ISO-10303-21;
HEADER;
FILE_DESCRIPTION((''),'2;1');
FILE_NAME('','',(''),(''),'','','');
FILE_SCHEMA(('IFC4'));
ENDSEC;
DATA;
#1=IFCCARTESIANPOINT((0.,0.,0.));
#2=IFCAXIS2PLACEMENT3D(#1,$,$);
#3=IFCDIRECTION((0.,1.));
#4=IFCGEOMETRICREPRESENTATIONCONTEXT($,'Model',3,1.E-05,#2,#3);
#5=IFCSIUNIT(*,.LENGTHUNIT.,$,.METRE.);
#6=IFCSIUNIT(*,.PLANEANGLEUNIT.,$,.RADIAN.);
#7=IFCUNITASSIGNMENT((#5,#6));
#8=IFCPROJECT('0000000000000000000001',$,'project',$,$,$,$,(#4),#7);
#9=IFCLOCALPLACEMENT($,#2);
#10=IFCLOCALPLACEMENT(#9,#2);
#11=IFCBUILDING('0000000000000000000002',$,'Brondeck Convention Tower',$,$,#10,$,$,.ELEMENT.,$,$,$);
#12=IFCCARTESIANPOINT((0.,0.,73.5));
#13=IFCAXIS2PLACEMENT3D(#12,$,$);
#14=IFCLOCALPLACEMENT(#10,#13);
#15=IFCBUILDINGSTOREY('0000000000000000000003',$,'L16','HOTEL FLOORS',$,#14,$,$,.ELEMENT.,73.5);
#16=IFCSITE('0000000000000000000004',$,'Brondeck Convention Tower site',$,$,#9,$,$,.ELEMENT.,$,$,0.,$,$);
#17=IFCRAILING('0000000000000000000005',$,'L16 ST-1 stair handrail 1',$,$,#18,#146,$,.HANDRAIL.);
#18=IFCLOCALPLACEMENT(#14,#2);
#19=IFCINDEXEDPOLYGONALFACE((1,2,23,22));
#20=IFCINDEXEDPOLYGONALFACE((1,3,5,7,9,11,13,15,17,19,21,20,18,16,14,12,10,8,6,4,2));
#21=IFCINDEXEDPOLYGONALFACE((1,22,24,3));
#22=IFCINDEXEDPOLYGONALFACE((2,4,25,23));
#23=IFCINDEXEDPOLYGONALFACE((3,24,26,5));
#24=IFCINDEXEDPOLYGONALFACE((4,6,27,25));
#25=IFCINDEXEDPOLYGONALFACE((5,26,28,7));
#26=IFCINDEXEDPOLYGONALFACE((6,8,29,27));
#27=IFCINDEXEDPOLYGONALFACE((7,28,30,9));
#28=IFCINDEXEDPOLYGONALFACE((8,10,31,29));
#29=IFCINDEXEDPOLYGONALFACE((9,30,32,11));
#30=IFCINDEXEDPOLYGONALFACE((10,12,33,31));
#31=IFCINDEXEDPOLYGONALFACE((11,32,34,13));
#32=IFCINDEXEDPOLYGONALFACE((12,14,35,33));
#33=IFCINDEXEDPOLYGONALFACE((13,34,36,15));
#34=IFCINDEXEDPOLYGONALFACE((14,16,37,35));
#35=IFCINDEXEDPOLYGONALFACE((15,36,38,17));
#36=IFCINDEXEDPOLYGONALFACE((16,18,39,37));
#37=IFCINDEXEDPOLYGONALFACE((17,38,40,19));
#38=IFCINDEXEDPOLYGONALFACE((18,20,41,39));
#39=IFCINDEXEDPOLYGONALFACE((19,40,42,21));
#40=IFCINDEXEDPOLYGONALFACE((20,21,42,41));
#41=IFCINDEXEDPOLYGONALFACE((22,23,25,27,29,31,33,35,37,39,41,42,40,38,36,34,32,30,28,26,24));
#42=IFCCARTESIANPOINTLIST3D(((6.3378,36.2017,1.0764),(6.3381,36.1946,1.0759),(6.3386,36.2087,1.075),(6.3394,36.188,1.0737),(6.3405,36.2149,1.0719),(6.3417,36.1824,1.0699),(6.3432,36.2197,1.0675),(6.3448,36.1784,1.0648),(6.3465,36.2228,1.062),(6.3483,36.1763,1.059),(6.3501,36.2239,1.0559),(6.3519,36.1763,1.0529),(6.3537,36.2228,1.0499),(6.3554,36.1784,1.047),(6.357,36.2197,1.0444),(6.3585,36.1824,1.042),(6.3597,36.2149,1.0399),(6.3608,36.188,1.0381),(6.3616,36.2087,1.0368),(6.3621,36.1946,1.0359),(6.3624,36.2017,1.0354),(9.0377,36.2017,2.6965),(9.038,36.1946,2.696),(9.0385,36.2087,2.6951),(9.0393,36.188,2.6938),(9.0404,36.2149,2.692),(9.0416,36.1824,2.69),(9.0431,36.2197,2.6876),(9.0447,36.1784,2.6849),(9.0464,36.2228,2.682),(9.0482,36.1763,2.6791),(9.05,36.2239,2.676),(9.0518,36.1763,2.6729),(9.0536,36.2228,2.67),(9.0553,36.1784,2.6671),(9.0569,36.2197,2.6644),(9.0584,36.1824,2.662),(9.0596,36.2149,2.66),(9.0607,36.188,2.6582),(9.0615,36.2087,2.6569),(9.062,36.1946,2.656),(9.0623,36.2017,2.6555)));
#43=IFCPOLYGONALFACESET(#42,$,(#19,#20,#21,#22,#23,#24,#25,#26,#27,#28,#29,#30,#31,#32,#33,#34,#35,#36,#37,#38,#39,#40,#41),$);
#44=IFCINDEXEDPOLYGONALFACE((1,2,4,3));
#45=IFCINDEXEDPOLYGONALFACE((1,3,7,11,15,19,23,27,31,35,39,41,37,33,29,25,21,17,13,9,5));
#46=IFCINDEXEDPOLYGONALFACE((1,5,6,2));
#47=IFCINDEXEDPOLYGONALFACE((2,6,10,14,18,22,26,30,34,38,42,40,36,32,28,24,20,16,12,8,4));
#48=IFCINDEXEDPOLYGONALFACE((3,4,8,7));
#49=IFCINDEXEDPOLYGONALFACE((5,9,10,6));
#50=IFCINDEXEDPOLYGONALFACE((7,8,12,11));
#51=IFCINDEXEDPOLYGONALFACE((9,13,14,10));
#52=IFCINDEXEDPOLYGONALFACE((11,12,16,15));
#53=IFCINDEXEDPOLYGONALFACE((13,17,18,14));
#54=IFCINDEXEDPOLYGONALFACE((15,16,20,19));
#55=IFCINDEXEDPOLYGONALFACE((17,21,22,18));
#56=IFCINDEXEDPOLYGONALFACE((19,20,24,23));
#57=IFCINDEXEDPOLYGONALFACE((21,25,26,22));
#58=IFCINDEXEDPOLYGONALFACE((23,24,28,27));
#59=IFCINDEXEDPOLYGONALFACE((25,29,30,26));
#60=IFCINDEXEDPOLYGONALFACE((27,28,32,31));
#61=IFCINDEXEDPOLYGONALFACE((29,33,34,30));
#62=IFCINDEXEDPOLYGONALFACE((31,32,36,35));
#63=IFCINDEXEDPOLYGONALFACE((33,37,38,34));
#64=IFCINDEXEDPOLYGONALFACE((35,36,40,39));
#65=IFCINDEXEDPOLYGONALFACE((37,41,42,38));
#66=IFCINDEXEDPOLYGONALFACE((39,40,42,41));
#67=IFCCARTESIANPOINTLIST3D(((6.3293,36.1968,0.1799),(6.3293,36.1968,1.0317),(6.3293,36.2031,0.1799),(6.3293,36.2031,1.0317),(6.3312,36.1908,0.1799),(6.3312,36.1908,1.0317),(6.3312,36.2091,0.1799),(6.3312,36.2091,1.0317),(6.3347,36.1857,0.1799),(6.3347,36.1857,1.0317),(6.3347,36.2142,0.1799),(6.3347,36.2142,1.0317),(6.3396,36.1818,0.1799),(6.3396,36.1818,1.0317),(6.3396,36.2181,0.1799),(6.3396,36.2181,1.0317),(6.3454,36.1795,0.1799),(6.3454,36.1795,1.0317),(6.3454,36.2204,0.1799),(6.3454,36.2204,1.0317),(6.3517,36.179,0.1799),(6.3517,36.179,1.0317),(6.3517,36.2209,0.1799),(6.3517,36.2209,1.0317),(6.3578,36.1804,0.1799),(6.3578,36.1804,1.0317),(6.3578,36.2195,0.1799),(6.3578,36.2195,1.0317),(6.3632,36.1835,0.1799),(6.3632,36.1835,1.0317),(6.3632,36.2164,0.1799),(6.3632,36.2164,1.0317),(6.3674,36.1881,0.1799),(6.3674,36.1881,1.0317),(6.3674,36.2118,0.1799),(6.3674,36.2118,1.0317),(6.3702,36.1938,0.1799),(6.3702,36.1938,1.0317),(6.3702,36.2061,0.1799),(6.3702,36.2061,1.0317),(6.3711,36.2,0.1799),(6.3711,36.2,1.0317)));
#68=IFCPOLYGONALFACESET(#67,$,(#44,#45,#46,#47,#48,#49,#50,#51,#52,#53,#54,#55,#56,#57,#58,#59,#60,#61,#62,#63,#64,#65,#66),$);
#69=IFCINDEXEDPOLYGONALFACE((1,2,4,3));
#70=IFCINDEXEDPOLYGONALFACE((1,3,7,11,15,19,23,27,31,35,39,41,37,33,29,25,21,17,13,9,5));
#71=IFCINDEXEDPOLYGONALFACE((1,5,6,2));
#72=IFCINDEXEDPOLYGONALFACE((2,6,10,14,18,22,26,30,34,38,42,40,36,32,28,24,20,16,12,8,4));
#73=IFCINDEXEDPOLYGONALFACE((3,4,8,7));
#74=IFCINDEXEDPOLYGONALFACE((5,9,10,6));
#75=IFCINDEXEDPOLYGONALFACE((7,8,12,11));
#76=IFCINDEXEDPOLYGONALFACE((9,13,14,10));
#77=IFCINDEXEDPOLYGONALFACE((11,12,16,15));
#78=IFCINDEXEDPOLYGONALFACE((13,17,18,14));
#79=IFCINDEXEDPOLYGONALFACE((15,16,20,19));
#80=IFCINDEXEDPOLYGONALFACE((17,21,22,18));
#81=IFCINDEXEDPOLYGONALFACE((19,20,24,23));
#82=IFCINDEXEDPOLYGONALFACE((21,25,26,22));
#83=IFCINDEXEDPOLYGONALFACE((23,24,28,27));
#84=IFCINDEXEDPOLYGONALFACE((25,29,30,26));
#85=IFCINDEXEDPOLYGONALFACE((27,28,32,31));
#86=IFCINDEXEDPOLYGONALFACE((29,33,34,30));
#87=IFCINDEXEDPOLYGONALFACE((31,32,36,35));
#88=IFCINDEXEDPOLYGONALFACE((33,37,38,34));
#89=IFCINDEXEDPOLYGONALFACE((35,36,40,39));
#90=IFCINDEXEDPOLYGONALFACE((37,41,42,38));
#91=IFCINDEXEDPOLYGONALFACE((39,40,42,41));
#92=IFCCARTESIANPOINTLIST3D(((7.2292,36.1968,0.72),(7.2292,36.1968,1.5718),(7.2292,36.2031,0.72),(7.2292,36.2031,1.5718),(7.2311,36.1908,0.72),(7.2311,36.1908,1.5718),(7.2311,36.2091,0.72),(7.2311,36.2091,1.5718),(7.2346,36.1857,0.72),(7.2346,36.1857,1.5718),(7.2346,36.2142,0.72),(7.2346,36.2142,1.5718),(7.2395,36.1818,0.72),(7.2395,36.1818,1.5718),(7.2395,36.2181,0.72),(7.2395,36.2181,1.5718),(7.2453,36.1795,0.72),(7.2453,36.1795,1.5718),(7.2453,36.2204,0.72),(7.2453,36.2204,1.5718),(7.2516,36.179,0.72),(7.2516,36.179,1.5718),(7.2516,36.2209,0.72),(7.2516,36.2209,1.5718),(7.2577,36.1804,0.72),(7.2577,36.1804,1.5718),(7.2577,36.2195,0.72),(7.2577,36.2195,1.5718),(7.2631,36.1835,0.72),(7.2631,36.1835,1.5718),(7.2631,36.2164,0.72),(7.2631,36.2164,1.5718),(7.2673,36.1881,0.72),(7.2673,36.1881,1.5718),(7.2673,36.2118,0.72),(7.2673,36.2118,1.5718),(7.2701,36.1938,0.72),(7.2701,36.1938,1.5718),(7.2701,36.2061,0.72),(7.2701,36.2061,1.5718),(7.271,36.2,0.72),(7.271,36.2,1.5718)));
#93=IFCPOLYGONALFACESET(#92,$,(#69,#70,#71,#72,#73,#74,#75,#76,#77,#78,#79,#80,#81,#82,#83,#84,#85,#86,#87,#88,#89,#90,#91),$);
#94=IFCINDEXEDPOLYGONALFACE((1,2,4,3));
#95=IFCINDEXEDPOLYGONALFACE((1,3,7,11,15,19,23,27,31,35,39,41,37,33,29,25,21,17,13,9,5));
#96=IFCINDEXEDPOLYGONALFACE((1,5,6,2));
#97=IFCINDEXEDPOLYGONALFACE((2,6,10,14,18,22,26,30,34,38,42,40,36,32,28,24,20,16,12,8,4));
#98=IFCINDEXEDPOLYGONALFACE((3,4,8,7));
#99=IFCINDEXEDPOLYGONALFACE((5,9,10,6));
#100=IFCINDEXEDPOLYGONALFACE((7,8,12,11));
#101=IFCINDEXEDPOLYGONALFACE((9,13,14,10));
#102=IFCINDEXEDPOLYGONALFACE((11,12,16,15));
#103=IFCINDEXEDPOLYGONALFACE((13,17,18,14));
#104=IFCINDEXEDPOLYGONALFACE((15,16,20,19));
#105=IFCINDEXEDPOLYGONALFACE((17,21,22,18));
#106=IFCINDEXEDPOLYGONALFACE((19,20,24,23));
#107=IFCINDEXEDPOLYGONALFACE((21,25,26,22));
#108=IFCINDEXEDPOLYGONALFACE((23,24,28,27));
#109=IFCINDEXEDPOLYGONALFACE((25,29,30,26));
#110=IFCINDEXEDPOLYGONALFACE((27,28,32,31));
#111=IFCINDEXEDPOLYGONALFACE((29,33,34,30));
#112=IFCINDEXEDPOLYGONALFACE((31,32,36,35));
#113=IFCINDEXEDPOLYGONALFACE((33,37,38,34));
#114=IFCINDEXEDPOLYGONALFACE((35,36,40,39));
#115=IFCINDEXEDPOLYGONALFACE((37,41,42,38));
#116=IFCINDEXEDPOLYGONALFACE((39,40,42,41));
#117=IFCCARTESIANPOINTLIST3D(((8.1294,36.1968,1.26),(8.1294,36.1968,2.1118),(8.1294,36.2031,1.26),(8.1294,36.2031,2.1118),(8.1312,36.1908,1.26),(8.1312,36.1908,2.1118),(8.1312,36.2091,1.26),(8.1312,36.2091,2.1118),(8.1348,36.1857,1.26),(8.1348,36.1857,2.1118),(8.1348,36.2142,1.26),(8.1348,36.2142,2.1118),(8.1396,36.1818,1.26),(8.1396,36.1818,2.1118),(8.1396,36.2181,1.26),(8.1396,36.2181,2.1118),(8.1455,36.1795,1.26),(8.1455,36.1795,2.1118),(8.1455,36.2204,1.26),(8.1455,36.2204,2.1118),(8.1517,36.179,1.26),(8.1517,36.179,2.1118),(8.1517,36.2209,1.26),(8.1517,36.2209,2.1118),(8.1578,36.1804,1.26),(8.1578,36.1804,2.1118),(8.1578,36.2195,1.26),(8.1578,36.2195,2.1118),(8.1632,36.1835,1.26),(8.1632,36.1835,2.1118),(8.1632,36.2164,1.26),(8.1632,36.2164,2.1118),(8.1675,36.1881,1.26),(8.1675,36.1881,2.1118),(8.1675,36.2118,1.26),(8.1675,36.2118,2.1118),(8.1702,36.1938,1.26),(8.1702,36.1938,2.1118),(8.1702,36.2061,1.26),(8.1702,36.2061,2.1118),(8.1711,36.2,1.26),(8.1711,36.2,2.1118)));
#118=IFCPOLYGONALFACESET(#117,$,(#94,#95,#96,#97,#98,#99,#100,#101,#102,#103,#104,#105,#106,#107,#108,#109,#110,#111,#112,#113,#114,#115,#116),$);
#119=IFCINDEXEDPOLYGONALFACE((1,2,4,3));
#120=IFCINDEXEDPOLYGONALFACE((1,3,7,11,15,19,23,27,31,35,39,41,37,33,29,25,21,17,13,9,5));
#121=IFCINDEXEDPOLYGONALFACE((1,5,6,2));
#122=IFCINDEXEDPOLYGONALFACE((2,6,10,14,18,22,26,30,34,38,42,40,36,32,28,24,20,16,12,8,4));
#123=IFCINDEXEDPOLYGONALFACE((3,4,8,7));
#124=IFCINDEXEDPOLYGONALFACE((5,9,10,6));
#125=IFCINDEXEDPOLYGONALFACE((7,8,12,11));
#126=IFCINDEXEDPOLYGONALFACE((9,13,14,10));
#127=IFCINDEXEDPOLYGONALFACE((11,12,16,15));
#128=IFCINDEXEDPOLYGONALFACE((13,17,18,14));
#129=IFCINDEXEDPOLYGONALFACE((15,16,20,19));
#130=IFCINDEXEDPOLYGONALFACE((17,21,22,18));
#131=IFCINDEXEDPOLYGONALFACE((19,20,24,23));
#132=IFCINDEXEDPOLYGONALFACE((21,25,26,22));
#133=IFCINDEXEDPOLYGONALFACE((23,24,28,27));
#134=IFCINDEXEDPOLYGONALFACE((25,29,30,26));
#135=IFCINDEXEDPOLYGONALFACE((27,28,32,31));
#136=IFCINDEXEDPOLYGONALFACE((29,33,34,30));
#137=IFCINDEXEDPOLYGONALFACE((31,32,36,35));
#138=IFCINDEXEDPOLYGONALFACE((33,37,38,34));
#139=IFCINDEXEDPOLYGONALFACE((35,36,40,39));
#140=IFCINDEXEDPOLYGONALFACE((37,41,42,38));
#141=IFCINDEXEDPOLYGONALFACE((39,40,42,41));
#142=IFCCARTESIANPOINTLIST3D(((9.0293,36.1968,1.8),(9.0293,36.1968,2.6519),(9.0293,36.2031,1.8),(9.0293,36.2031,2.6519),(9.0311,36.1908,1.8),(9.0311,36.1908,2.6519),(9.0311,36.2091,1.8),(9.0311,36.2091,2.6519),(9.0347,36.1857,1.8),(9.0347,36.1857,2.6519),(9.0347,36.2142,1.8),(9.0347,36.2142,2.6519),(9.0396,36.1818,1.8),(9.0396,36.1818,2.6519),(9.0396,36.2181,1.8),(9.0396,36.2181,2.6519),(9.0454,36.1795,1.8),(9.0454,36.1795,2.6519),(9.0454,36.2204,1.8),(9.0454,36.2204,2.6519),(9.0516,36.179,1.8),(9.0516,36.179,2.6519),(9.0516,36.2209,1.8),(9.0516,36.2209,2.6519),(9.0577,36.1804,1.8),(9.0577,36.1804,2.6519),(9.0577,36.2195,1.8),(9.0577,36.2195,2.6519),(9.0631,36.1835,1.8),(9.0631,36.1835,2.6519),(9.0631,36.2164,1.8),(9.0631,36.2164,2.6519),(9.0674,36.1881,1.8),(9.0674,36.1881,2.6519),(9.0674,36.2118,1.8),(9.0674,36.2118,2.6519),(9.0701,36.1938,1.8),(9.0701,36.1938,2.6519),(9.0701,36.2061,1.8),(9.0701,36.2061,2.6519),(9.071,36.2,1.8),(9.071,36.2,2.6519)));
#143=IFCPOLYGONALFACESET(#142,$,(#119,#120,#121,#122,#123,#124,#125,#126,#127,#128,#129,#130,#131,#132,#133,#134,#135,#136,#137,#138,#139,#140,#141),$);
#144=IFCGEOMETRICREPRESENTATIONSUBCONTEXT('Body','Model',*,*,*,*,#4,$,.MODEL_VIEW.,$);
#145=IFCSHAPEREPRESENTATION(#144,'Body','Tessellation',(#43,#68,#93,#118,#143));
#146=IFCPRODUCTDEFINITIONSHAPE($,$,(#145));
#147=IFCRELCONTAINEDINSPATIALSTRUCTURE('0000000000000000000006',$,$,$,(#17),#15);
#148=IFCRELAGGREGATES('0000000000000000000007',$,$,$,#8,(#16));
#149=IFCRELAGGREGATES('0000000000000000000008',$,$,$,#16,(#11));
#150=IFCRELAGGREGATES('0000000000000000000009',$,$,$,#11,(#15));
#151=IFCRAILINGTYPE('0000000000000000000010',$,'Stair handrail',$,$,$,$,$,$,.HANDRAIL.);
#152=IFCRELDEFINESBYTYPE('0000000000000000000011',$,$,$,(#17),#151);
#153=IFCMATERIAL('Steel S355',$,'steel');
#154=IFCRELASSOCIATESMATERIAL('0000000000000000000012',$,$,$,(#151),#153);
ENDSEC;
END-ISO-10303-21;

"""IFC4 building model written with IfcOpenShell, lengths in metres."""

from ifc_helpers import new_model, si_unit, direction, frame, origin, origin_2d, place, context, subcontext, project, spatial, circle, extrude, material, type_object, element, save


model = new_model("IFC4")

# Units and contexts
model_context = context("Model", 3, precision=1e-05, world=origin(), true_north=direction((0.0, 1.0)))
body_context = subcontext(model_context, "Body", "Model", "MODEL_VIEW")
ifc_project = project(units=[si_unit("LENGTHUNIT", "METRE"), si_unit("PLANEANGLEUNIT", "RADIAN")], contexts=[model_context])

# Site, building, storey
site_placement = place(None, origin())
site = spatial("IfcSite", under=ifc_project, at=site_placement, Name="Brondeck Convention Tower site", CompositionType="ELEMENT", RefElevation=0.0)
building_placement = place(site_placement, origin())
building = spatial("IfcBuilding", under=site, at=building_placement, Name="Brondeck Convention Tower", CompositionType="ELEMENT")
storey_placement = place(building_placement, frame((0.0, 0.0, 73.5)))
storey = spatial("IfcBuildingStorey", under=building, at=storey_placement, Name="L16", Description="HOTEL FLOORS", CompositionType="ELEMENT", Elevation=73.5)

# Railing
ifc_material_1 = material(Name="Steel S355", Category="steel")
railing_type_1 = type_object("IfcRailingType", Name="Stair handrail", PredefinedType="HANDRAIL", material=ifc_material_1)
railing_1_placement = place(storey_placement, frame((6.3501, 36.2, 0.1799)))
element("IfcRailing", 1, at=railing_1_placement, inside=storey, type_object=railing_type_1, Name="L16 ST-1 stair handrail 1", PredefinedType="HANDRAIL", context=body_context, shape_type="SweptSolid", body=[
    extrude(circle(Radius=0.0239, at=origin_2d()), frame((0.0, 0.0, 0.876), z_axis=(0.857472, 0.0, 0.51453), x_axis=(0.0, 1.0, 0.0)), (0.0, 0.0, 1.0), 3.1487),
    extrude(circle(Radius=0.021, at=origin_2d()), origin(), (0.0, 0.0, 1.0), 0.8518),
    extrude(circle(Radius=0.021, at=origin_2d()), frame((0.8999, 0.0, 0.54)), (0.0, 0.0, 1.0), 0.8518),
    extrude(circle(Radius=0.021, at=origin_2d()), frame((1.8, 0.0, 1.0801)), (0.0, 0.0, 1.0), 0.8518),
    extrude(circle(Radius=0.021, at=origin_2d()), frame((2.7, 0.0, 1.6201)), (0.0, 0.0, 1.0), 0.8518),
])

save(model, "model.ifc")
